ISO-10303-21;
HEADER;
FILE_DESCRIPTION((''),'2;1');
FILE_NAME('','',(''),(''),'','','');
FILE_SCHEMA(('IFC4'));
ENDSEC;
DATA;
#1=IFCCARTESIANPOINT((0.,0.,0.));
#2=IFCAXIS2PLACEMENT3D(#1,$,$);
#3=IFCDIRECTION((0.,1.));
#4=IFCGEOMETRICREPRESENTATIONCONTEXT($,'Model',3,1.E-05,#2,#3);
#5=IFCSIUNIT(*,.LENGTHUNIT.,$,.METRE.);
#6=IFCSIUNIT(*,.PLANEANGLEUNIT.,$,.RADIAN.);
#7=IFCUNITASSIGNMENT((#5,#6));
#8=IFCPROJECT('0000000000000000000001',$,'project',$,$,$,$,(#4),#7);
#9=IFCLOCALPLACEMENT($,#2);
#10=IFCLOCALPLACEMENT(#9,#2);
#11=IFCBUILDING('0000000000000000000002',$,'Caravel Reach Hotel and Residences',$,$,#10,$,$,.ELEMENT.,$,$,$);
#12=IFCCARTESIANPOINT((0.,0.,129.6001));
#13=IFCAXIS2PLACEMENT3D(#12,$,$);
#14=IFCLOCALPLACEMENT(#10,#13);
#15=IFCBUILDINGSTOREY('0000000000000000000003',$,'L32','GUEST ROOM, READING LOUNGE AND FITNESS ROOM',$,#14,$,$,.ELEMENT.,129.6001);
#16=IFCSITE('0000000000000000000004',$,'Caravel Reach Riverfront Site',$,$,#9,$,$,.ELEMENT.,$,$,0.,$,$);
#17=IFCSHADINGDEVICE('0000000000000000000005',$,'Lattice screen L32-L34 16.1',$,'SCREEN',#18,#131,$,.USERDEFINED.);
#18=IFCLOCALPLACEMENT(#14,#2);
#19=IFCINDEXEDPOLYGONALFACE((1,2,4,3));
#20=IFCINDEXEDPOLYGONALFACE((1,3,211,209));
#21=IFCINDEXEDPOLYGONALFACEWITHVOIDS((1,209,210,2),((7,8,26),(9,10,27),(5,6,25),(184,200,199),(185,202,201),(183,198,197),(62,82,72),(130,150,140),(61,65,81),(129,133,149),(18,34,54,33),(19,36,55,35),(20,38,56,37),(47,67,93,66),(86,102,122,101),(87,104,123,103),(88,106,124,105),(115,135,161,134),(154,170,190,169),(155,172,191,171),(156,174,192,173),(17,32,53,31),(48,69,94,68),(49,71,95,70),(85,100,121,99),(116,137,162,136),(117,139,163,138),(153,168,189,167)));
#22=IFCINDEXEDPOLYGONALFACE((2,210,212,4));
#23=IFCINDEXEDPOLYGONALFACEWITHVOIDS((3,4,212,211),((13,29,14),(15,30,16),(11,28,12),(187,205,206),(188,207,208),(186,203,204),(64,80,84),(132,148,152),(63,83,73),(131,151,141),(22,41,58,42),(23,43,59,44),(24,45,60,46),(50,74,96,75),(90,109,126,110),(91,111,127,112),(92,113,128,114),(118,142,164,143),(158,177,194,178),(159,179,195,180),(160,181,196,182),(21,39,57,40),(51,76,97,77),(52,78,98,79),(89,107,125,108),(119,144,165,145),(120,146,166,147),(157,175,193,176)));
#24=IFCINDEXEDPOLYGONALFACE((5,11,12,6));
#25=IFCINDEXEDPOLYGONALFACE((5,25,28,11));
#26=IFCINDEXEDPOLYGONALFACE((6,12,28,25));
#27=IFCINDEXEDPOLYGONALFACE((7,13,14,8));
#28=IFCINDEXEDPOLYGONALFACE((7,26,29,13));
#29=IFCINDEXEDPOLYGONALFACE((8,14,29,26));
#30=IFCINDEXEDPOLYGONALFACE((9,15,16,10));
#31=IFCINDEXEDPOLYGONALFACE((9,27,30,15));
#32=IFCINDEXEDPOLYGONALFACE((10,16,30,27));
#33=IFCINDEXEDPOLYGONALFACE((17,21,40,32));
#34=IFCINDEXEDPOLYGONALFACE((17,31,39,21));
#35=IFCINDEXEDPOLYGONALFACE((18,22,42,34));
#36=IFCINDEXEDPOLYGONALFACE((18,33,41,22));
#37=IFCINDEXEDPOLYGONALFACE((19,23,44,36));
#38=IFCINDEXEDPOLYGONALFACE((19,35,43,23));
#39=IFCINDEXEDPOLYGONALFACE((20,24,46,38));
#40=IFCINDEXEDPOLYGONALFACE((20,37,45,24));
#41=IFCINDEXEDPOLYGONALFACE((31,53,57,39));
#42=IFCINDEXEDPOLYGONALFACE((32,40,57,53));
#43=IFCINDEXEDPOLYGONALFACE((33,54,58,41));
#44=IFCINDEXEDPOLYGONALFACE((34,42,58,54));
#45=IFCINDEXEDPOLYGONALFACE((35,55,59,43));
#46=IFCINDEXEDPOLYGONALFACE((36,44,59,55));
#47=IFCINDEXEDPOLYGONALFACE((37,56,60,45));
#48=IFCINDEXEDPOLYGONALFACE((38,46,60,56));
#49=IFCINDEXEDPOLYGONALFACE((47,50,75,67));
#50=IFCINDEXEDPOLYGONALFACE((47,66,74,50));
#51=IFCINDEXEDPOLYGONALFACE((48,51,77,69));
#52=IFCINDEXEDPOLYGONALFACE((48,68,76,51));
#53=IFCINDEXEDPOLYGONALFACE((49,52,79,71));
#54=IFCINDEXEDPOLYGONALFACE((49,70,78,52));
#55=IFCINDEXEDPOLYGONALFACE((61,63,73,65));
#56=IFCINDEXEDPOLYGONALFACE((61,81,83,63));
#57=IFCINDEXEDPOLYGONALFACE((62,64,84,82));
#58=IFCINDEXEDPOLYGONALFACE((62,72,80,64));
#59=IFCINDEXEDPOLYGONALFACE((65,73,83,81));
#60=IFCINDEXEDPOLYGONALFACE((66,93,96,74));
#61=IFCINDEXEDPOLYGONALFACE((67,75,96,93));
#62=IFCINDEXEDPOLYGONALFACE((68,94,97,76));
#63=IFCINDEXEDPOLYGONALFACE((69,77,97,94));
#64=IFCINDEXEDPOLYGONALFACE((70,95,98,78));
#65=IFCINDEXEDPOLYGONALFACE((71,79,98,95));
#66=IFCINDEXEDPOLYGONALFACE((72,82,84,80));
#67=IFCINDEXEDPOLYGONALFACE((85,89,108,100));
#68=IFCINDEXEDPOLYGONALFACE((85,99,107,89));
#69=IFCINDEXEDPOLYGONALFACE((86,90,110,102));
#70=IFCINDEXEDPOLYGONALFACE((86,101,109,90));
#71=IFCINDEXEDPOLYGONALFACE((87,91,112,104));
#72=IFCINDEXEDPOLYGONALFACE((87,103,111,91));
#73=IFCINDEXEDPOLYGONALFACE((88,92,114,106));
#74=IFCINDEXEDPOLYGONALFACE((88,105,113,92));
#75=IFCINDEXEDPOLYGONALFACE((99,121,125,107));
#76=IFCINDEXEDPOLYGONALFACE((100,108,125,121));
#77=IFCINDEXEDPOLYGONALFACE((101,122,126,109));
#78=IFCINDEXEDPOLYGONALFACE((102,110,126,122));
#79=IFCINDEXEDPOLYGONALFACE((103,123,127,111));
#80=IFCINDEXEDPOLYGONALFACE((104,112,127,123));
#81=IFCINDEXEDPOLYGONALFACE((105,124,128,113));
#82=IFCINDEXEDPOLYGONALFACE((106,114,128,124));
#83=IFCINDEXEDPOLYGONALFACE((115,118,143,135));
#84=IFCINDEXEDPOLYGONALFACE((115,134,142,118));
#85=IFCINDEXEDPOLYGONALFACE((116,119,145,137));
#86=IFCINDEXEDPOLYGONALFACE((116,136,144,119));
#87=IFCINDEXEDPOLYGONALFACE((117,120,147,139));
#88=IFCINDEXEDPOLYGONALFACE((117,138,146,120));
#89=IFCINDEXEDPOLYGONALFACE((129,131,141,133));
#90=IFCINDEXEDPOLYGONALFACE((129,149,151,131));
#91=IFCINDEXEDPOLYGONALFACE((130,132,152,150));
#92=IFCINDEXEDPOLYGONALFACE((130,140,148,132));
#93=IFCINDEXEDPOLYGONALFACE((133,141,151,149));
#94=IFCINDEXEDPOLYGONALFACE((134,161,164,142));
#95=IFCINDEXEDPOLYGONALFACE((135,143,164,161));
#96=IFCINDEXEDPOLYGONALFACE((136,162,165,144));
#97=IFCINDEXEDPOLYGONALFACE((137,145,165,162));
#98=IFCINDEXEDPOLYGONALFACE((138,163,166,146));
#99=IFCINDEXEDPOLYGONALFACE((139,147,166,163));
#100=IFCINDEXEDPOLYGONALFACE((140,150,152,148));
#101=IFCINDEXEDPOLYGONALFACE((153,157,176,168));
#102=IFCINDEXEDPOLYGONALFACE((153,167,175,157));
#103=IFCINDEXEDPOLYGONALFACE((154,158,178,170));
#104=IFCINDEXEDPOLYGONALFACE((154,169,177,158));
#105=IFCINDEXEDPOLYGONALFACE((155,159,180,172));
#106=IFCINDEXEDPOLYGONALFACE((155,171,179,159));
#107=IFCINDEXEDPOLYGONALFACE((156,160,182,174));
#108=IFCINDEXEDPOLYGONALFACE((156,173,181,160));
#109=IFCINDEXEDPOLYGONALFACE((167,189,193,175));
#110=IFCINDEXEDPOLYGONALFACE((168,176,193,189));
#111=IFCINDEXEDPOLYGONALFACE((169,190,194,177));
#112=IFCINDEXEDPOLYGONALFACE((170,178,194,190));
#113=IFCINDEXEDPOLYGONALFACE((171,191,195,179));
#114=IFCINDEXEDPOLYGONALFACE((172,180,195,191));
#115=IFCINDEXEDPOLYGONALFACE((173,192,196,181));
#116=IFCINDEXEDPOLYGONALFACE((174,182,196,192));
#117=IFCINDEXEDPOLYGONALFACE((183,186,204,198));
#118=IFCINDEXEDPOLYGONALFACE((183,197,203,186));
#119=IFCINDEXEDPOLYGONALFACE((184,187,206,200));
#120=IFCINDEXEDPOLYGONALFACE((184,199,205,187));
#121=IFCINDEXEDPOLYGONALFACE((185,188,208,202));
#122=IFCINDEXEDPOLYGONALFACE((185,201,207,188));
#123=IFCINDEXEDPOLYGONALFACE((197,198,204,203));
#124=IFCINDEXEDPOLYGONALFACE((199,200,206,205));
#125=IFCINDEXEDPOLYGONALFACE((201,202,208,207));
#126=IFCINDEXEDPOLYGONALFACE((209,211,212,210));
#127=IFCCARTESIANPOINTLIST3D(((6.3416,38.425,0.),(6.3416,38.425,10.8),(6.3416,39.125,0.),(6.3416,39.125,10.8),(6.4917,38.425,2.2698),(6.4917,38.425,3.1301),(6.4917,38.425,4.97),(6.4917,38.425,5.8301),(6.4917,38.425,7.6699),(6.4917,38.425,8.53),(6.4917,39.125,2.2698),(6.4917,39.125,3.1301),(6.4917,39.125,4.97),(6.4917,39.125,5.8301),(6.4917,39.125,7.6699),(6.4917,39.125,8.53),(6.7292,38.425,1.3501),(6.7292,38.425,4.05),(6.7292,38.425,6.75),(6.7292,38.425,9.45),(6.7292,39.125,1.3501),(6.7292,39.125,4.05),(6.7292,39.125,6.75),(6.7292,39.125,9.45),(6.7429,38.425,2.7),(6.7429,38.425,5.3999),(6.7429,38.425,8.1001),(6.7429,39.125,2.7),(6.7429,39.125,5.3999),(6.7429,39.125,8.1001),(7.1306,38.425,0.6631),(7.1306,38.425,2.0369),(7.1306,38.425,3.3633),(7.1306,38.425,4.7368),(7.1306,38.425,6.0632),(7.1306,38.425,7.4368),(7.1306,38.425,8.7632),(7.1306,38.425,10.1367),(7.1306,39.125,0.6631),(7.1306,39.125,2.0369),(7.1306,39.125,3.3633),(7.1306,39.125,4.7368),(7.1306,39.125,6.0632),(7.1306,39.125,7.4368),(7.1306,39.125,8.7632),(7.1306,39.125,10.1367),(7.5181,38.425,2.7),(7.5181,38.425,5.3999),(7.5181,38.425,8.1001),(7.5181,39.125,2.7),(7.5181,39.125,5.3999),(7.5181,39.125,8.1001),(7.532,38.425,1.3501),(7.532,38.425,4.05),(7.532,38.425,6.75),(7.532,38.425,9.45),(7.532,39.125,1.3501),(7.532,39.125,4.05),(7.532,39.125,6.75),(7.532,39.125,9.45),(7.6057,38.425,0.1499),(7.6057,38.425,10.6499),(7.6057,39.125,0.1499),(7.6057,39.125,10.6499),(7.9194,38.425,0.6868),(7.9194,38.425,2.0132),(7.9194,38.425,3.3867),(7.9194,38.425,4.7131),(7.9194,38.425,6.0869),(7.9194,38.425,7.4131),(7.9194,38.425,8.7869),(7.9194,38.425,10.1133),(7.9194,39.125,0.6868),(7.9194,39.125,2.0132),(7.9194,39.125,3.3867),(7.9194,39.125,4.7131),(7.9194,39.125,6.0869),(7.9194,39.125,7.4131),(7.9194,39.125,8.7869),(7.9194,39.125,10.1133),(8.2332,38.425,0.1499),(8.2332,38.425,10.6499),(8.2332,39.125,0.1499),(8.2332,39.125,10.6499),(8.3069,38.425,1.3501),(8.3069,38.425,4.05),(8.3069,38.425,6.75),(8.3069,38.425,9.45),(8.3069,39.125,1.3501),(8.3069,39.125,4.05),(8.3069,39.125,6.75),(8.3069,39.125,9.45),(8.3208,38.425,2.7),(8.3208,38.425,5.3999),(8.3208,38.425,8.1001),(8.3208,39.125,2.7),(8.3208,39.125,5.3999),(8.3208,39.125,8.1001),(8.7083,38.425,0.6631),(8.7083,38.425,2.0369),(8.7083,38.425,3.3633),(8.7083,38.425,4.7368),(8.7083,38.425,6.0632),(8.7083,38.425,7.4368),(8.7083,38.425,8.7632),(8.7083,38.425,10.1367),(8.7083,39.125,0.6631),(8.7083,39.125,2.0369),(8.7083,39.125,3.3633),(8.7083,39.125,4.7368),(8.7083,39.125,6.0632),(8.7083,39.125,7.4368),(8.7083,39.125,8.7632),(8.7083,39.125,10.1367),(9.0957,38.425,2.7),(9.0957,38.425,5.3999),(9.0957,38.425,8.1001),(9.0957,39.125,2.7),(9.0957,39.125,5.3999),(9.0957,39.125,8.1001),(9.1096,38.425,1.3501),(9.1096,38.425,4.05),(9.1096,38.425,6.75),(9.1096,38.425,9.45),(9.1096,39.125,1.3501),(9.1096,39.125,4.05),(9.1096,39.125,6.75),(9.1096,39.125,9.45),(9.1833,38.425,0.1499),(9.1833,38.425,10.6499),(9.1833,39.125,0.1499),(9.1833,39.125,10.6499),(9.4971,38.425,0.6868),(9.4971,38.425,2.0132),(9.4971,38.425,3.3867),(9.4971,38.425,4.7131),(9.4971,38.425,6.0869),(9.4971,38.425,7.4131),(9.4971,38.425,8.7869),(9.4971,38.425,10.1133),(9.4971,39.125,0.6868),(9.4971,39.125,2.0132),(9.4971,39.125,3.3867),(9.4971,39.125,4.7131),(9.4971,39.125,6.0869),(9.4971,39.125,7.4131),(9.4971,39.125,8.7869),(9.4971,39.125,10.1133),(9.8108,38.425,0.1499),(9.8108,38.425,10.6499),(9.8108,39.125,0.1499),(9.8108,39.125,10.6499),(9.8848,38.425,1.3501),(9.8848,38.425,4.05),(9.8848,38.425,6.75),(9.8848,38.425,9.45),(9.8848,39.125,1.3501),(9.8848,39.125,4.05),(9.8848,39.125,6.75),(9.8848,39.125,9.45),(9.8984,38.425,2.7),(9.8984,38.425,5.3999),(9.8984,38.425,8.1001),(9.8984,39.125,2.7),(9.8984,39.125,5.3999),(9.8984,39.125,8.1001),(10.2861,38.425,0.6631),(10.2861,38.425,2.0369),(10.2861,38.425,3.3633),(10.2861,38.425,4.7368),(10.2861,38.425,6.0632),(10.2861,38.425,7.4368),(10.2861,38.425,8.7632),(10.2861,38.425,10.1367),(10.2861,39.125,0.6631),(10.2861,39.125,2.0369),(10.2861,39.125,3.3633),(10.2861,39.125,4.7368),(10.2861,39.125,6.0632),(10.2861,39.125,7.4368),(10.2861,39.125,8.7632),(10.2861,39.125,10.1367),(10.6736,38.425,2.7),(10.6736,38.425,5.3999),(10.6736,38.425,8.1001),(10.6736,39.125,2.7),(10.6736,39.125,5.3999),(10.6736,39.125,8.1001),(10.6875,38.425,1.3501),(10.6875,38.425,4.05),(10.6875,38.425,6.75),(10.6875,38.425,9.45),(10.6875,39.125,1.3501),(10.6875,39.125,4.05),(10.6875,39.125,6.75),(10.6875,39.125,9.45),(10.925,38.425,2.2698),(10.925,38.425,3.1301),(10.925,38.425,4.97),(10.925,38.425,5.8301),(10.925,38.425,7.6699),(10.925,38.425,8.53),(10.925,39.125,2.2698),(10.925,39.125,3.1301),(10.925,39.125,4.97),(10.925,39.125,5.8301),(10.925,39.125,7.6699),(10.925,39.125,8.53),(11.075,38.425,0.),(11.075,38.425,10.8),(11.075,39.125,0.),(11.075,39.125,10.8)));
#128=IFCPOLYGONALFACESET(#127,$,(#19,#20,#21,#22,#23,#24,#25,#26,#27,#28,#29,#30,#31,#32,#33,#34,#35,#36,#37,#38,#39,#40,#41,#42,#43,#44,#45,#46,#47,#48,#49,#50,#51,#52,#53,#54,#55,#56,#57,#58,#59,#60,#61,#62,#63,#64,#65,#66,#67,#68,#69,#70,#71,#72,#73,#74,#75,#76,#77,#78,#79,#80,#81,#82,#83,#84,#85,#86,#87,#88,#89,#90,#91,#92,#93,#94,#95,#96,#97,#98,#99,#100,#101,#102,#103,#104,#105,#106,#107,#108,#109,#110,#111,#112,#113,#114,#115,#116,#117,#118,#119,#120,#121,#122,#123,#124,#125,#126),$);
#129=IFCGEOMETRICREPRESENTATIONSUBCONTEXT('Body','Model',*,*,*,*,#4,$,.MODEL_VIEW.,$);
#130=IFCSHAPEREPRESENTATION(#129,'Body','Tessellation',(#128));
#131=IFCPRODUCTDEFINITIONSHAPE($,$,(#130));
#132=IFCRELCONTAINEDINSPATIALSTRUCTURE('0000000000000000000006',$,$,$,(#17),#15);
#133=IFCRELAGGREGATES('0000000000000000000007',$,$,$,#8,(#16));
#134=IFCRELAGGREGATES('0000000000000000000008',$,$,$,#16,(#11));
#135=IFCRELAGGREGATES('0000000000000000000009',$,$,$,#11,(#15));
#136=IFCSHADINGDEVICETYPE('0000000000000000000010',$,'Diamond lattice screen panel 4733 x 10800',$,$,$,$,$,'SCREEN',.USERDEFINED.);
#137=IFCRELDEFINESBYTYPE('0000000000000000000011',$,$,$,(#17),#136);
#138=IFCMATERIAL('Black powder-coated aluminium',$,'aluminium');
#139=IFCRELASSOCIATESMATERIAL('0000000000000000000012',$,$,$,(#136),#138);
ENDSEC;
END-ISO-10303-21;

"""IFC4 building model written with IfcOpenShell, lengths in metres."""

from ifc_helpers import new_model, si_unit, direction, frame, origin, place, context, subcontext, project, spatial, polyline, outline, extrude, material, type_object, element, save


model = new_model("IFC4")

# Units and contexts
model_context = context("Model", 3, precision=1e-05, world=origin(), true_north=direction((0.0, 1.0)))
body_context = subcontext(model_context, "Body", "Model", "MODEL_VIEW")
ifc_project = project(units=[si_unit("LENGTHUNIT", "METRE"), si_unit("PLANEANGLEUNIT", "RADIAN")], contexts=[model_context])

# Site, building, storey
site_placement = place(None, origin())
site = spatial("IfcSite", under=ifc_project, at=site_placement, Name="Caravel Reach Riverfront Site", CompositionType="ELEMENT", RefElevation=0.0)
building_placement = place(site_placement, origin())
building = spatial("IfcBuilding", under=site, at=building_placement, Name="Caravel Reach Hotel and Residences", CompositionType="ELEMENT")
storey_placement = place(building_placement, frame((0.0, 0.0, 129.6001)))
storey = spatial("IfcBuildingStorey", under=building, at=storey_placement, Name="L32", Description="GUEST ROOM, READING LOUNGE AND FITNESS ROOM", CompositionType="ELEMENT", Elevation=129.6001)

# Shading device
ifc_material_1 = material(Name="Black powder-coated aluminium", Category="aluminium")
shading_device_type_1 = type_object("IfcShadingDeviceType", Name="Diamond lattice screen panel 4733 x 10800", ElementType="SCREEN", PredefinedType="USERDEFINED", material=ifc_material_1)
shading_device_1_placement = place(storey_placement, frame((11.075, 38.425, 0.0), z_axis=(0.0, 1.0, 0.0), x_axis=(-1.0, 0.0, 0.0)))
element("IfcShadingDevice", 1, at=shading_device_1_placement, inside=storey, type_object=shading_device_type_1, Name="Lattice screen L32-L34 16.1", ObjectType="SCREEN", PredefinedType="USERDEFINED", context=body_context, shape_type="SweptSolid", body=[
    extrude(outline(polyline([(0.0, 0.0), (4.7334, 0.0), (4.7334, 10.8), (0.0, 10.8), (0.0, 0.0)]), holes=[polyline([(0.4014, 2.7), (0.1499, 3.1301), (0.1499, 2.2698), (0.4014, 2.7)]), polyline([(0.4014, 5.3999), (0.1499, 5.8301), (0.1499, 4.97), (0.4014, 5.3999)]), polyline([(0.4014, 8.1001), (0.1499, 8.53), (0.1499, 7.6699), (0.4014, 8.1001)]), polyline([(0.7888, 2.0369), (0.3875, 1.3501), (0.7888, 0.6631), (1.1902, 1.3501), (0.7888, 2.0369)]), polyline([(0.7888, 4.7368), (0.3875, 4.05), (0.7888, 3.3633), (1.1902, 4.05), (0.7888, 4.7368)]), polyline([(0.7888, 7.4368), (0.3875, 6.75), (0.7888, 6.0632), (1.1902, 6.75), (0.7888, 7.4368)]), polyline([(0.7888, 10.1367), (0.3875, 9.45), (0.7888, 8.7632), (1.1902, 9.45), (0.7888, 10.1367)]), polyline([(1.5779, 0.6868), (1.2642, 0.1499), (1.8916, 0.1499), (1.5779, 0.6868)]), polyline([(1.5779, 3.3867), (1.1765, 2.7), (1.5779, 2.0132), (1.9792, 2.7), (1.5779, 3.3867)]), polyline([(1.5779, 6.0869), (1.1765, 5.3999), (1.5779, 4.7131), (1.9792, 5.3999), (1.5779, 6.0869)]), polyline([(1.5779, 8.7869), (1.1765, 8.1001), (1.5779, 7.4131), (1.9792, 8.1001), (1.5779, 8.7869)]), polyline([(1.5779, 10.1133), (1.8916, 10.6499), (1.2642, 10.6499), (1.5779, 10.1133)]), polyline([(2.3667, 2.0369), (1.9653, 1.3501), (2.3667, 0.6631), (2.7681, 1.3501), (2.3667, 2.0369)]), polyline([(2.3667, 4.7368), (1.9653, 4.05), (2.3667, 3.3633), (2.7681, 4.05), (2.3667, 4.7368)]), polyline([(2.3667, 7.4368), (1.9653, 6.75), (2.3667, 6.0632), (2.7681, 6.75), (2.3667, 7.4368)]), polyline([(2.3667, 10.1367), (1.9653, 9.45), (2.3667, 8.7632), (2.7681, 9.45), (2.3667, 10.1367)]), polyline([(3.1555, 0.6868), (2.8418, 0.1499), (3.4692, 0.1499), (3.1555, 0.6868)]), polyline([(3.1555, 3.3867), (2.7542, 2.7), (3.1555, 2.0132), (3.5569, 2.7), (3.1555, 3.3867)]), polyline([(3.1555, 6.0869), (2.7542, 5.3999), (3.1555, 4.7131), (3.5569, 5.3999), (3.1555, 6.0869)]), polyline([(3.1555, 8.7869), (2.7542, 8.1001), (3.1555, 7.4131), (3.5569, 8.1001), (3.1555, 8.7869)]), polyline([(3.1555, 10.1133), (3.4692, 10.6499), (2.8418, 10.6499), (3.1555, 10.1133)]), polyline([(3.9443, 2.0369), (3.543, 1.3501), (3.9443, 0.6631), (4.3457, 1.3501), (3.9443, 2.0369)]), polyline([(3.9443, 4.7368), (3.543, 4.05), (3.9443, 3.3633), (4.3457, 4.05), (3.9443, 4.7368)]), polyline([(3.9443, 7.4368), (3.543, 6.75), (3.9443, 6.0632), (4.3457, 6.75), (3.9443, 7.4368)]), polyline([(3.9443, 10.1367), (3.543, 9.45), (3.9443, 8.7632), (4.3457, 9.45), (3.9443, 10.1367)]), polyline([(4.332, 2.7), (4.5833, 2.2698), (4.5833, 3.1301), (4.332, 2.7)]), polyline([(4.332, 5.3999), (4.5833, 4.97), (4.5833, 5.8301), (4.332, 5.3999)]), polyline([(4.332, 8.1001), (4.5833, 7.6699), (4.5833, 8.53), (4.332, 8.1001)])]), origin(), (0.0, 0.0, 1.0), 0.7),
])

save(model, "model.ifc")
